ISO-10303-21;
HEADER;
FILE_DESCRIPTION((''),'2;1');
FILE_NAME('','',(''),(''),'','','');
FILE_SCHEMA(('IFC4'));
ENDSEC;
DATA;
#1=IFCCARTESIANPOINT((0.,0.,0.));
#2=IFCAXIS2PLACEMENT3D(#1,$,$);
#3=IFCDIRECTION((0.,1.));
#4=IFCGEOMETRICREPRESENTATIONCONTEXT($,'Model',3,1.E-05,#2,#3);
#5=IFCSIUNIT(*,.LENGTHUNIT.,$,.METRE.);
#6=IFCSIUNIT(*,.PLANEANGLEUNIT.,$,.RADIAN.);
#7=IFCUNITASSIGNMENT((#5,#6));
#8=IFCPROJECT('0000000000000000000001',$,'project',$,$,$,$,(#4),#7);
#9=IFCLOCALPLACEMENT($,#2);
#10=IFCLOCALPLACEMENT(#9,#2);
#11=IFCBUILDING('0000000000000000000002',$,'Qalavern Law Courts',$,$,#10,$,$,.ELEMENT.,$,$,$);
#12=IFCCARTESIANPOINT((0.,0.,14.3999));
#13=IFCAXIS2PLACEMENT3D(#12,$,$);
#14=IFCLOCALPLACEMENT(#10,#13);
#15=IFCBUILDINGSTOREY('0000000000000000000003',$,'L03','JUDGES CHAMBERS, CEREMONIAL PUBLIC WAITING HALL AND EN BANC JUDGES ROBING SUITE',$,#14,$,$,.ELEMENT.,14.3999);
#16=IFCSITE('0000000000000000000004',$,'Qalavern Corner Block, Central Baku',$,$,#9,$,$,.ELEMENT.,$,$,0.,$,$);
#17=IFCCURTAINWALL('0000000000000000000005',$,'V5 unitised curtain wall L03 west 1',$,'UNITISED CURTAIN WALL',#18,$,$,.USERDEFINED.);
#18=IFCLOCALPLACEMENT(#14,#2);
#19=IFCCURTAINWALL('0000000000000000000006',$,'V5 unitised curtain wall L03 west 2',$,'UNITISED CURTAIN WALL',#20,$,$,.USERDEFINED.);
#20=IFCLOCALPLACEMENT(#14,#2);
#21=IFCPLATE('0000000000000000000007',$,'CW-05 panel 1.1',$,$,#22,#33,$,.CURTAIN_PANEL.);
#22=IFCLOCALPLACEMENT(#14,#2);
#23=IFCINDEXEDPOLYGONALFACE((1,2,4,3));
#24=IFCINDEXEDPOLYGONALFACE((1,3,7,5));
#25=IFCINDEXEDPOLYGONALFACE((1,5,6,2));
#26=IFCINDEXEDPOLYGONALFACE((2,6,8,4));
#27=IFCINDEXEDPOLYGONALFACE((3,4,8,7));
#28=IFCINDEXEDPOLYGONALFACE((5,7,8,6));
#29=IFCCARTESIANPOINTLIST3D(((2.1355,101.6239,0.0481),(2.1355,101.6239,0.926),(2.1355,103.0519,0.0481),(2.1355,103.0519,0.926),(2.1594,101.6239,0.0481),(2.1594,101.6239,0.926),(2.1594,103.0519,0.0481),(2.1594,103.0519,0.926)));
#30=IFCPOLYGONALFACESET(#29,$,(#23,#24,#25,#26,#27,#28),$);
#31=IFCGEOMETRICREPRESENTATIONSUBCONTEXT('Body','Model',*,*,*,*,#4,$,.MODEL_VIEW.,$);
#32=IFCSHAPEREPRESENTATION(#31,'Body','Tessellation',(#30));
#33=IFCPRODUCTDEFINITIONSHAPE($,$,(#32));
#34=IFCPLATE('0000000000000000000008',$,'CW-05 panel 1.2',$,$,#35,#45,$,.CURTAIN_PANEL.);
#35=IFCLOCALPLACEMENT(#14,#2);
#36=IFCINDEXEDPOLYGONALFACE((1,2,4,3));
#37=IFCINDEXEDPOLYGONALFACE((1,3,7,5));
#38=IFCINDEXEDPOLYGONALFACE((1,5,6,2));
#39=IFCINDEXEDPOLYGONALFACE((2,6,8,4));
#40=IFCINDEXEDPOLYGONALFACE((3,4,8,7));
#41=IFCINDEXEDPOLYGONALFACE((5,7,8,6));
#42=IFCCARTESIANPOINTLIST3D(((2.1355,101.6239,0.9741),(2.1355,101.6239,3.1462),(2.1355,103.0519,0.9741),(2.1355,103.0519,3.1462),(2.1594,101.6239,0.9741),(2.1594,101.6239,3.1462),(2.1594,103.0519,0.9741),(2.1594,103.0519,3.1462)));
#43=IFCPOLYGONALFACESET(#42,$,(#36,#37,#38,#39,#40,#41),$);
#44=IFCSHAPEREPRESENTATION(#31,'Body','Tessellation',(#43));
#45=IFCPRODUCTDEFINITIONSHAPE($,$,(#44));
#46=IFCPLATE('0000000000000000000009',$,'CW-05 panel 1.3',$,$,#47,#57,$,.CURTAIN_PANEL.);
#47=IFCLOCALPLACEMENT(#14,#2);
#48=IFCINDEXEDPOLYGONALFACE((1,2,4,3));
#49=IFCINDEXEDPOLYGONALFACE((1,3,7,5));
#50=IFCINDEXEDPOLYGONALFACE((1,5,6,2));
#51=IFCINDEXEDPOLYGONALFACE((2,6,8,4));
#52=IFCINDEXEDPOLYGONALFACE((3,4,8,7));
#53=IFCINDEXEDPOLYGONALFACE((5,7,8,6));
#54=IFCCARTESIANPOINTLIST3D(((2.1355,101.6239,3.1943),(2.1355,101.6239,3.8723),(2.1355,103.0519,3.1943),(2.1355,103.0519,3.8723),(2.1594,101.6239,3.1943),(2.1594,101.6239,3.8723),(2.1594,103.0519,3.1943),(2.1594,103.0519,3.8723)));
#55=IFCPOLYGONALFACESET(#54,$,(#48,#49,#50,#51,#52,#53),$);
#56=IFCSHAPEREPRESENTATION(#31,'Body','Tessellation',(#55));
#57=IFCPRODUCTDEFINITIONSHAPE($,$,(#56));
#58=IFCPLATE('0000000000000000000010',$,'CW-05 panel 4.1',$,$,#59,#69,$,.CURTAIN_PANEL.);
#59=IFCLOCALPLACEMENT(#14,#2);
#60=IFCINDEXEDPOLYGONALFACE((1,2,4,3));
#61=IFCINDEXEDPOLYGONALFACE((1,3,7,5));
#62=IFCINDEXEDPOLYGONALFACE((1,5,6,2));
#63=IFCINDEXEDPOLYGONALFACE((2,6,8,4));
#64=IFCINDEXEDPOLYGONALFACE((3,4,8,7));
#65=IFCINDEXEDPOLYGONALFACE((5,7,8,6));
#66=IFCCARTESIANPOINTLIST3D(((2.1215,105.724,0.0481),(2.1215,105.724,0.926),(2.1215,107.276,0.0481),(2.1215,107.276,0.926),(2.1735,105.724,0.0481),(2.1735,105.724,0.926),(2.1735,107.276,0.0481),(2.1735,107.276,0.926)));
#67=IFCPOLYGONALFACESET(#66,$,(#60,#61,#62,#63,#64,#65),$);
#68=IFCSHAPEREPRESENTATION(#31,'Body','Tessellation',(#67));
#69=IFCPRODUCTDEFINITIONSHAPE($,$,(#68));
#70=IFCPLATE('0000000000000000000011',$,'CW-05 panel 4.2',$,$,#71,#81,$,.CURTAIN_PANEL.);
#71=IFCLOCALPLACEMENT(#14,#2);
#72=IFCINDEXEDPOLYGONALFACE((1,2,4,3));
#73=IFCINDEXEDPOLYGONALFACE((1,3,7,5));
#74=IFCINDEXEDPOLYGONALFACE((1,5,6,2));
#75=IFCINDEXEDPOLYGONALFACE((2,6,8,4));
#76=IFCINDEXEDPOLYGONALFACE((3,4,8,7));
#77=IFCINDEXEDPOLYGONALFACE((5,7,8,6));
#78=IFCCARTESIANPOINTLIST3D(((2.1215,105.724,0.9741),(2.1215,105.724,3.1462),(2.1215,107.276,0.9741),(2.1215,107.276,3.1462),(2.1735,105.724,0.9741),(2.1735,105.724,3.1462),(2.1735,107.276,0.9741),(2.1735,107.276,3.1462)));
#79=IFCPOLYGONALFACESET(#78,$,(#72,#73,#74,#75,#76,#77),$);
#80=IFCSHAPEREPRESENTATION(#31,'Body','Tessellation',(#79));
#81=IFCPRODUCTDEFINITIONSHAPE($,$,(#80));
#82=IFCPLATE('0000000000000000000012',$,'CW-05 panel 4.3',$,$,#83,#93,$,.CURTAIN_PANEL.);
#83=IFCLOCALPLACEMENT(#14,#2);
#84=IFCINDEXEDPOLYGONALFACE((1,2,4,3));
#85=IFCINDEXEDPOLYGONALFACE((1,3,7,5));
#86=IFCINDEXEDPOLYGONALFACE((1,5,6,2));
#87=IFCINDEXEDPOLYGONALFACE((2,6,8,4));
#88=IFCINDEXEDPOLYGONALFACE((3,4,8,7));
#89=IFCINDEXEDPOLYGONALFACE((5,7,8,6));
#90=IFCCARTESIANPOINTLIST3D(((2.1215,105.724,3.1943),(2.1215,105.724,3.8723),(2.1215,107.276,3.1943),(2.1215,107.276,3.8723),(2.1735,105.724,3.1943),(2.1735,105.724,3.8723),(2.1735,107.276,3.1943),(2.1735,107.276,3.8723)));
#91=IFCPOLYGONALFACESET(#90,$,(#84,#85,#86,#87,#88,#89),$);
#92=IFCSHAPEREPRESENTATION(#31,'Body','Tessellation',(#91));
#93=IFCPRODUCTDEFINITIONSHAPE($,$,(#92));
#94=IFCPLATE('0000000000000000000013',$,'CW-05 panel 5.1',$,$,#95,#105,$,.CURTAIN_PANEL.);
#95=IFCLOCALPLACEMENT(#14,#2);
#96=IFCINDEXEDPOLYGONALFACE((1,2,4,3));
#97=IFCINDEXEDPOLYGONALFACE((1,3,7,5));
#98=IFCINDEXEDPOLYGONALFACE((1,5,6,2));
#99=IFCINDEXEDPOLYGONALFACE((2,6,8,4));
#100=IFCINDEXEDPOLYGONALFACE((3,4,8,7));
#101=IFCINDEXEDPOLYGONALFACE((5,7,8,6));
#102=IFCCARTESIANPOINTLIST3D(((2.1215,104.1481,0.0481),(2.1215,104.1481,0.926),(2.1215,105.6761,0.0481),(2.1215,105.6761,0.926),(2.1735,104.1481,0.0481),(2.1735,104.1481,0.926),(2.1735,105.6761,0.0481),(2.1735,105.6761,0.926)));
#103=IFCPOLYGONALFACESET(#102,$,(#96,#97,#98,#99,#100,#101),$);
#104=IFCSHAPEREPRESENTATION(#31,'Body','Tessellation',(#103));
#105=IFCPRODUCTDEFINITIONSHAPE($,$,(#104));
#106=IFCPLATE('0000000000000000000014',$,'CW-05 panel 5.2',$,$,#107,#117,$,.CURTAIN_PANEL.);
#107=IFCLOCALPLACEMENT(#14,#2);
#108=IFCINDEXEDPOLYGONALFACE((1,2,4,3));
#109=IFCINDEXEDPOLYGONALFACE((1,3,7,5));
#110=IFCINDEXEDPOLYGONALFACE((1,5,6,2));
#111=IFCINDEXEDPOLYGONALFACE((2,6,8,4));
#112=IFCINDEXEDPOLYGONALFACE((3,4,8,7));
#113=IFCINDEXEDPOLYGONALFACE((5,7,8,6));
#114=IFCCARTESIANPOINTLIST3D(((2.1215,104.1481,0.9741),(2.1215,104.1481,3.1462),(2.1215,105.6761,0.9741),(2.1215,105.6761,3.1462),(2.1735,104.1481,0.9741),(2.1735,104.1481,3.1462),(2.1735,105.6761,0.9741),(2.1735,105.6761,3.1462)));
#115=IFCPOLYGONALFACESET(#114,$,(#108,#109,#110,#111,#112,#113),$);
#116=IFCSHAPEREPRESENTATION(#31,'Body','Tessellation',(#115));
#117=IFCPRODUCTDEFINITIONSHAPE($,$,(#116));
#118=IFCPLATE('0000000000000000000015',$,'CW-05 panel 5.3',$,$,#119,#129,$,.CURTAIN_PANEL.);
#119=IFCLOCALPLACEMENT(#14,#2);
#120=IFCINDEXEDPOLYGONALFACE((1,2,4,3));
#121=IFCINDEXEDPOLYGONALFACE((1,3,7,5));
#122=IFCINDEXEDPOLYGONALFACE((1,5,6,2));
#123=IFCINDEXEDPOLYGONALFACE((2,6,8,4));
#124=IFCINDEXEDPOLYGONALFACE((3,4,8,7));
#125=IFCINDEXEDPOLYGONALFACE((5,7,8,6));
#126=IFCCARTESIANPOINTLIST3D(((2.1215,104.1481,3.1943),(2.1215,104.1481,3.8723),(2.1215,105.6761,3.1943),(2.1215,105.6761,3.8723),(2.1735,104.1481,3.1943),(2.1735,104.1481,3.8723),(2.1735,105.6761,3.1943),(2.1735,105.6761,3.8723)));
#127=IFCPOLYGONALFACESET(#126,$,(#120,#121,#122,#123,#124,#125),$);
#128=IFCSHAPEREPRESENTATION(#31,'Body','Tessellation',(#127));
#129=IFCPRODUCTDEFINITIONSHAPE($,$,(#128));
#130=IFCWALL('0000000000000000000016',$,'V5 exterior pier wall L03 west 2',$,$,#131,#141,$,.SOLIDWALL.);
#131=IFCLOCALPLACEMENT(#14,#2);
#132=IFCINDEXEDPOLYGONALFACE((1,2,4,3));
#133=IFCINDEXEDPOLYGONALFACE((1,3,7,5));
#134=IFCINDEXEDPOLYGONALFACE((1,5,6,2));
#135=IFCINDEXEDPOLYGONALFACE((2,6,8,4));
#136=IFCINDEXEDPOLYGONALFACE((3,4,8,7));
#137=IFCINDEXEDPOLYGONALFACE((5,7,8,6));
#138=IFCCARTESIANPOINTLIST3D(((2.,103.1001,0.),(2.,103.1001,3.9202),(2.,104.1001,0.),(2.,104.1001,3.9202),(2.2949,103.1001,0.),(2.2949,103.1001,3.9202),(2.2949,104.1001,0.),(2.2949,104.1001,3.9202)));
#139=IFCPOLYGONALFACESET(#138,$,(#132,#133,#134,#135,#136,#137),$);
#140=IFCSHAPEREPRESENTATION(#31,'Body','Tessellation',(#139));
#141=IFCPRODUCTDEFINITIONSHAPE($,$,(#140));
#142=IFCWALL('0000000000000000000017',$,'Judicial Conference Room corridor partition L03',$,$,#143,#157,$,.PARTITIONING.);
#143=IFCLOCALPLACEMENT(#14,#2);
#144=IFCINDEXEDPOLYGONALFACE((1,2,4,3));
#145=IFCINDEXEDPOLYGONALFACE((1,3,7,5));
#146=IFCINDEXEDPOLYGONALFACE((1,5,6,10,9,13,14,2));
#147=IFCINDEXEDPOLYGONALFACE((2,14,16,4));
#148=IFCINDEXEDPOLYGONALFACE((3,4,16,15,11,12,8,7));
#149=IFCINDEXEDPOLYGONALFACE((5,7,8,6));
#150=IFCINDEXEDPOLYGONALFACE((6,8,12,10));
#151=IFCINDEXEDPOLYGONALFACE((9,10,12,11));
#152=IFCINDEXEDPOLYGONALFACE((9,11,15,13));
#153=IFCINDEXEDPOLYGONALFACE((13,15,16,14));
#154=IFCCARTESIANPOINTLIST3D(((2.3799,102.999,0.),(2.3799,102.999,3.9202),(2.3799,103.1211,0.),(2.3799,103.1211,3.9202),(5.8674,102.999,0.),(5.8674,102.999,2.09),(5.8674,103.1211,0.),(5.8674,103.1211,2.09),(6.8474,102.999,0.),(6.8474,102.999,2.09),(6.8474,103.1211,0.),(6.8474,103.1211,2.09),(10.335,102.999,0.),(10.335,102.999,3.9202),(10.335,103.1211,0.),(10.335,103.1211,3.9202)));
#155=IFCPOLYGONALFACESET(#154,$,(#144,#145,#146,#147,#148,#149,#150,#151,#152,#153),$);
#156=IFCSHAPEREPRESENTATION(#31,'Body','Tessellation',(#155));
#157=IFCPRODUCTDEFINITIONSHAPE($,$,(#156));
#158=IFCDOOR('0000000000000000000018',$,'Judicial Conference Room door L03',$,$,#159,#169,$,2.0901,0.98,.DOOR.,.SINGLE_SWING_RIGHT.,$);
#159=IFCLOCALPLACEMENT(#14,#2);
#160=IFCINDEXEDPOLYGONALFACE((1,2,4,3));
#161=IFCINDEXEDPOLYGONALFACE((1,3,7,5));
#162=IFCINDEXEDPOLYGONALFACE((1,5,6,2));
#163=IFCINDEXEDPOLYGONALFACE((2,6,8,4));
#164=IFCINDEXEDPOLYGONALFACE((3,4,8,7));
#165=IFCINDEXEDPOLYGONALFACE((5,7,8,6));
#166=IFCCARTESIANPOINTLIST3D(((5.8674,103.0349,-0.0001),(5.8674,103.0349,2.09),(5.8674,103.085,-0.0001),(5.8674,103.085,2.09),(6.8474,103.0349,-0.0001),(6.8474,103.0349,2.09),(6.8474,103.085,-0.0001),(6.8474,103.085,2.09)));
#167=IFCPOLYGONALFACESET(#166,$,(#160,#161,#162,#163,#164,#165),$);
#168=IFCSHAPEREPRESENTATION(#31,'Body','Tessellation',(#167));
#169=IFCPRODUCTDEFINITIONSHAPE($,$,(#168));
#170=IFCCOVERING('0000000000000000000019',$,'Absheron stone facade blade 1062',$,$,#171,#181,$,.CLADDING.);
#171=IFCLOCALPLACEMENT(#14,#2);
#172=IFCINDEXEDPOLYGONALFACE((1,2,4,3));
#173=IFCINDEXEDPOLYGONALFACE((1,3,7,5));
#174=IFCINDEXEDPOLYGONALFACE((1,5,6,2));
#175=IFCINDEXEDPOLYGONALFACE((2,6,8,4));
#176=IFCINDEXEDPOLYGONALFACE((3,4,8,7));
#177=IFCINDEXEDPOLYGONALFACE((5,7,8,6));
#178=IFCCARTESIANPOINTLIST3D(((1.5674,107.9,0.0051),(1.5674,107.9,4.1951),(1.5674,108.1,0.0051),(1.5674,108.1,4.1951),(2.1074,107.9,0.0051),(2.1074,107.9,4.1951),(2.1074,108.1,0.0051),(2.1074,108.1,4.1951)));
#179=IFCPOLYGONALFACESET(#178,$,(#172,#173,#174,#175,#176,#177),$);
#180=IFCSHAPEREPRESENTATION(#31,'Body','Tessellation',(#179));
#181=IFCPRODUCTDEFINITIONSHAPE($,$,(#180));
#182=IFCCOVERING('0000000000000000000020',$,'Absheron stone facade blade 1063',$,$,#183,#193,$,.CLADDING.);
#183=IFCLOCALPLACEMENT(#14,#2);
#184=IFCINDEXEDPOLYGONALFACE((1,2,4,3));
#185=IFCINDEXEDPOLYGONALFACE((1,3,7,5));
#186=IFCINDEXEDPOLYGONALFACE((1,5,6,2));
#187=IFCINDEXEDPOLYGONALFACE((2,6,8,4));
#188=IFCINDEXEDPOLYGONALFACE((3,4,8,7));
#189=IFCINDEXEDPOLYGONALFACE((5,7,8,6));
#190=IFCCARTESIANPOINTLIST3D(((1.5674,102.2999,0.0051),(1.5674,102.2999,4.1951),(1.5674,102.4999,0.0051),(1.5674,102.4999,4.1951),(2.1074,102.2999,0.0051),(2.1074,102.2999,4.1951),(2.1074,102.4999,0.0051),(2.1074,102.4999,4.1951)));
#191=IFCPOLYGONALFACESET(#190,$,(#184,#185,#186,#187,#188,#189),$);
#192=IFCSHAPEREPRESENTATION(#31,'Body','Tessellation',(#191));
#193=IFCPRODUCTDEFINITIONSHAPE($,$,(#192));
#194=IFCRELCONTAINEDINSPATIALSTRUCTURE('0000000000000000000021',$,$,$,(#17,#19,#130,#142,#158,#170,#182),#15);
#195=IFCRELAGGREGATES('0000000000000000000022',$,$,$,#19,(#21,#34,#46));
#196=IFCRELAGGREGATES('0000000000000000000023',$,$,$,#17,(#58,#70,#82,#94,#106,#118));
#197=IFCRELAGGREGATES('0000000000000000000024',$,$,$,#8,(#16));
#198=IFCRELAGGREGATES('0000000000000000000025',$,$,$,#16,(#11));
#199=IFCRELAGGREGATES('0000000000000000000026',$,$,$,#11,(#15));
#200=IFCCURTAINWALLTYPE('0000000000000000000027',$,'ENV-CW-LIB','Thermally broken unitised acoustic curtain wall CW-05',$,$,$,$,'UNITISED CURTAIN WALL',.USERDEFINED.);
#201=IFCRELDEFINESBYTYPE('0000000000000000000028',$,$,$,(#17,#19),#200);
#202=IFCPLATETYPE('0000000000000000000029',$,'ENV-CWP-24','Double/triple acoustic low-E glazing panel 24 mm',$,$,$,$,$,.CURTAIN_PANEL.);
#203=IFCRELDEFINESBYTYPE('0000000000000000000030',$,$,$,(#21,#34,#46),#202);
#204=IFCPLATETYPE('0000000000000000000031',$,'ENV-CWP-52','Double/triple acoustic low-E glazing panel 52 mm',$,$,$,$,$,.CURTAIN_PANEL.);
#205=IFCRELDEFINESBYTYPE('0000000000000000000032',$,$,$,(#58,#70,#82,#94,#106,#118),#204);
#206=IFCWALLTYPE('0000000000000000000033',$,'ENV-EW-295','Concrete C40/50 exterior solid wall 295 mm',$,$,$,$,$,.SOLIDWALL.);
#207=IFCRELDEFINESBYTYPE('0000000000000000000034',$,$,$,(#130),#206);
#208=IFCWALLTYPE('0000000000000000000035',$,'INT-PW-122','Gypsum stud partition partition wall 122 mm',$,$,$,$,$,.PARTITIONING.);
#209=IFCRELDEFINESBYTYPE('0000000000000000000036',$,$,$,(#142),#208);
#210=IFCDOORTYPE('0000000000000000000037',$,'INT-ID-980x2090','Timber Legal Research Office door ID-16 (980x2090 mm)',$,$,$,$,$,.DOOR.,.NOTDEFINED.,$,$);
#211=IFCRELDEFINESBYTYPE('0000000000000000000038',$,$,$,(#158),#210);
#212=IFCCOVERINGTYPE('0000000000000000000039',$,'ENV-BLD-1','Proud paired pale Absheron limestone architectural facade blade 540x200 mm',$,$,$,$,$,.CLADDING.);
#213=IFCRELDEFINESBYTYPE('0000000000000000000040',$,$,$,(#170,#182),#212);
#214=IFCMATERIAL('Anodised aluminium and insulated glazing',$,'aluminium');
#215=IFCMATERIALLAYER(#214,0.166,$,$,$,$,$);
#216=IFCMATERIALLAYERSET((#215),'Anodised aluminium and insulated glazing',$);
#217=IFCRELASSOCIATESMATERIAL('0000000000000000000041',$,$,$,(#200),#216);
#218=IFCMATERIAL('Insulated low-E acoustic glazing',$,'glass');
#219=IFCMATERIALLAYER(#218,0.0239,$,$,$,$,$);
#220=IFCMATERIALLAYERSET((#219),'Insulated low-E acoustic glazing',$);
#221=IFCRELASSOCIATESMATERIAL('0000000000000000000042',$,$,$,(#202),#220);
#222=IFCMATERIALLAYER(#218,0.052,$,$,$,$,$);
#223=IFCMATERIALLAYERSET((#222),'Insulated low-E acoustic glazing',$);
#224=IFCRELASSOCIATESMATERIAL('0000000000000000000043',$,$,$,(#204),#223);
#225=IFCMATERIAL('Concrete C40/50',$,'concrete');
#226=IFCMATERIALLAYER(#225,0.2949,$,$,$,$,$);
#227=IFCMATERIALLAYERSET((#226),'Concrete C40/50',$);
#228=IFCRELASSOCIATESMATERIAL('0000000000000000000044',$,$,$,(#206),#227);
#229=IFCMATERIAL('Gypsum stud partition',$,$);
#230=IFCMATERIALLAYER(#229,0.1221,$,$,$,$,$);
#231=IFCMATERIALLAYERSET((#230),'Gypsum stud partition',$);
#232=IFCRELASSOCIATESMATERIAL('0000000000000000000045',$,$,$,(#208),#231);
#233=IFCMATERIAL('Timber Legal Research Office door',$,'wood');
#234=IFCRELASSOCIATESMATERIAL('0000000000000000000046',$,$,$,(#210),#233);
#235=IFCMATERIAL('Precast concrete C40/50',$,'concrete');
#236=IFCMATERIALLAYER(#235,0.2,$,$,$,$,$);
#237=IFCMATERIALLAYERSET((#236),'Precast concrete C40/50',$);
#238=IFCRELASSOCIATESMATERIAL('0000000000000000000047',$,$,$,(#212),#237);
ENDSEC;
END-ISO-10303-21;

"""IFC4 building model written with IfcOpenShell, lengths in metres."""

from ifc_helpers import new_model, si_unit, direction, frame, frame_2d, origin, origin_2d, place, context, subcontext, project, spatial, rectangle, extrude, material, layer, layer_set, type_object, element, fill, aggregate, save


model = new_model("IFC4")

# Units and contexts
model_context = context("Model", 3, precision=1e-05, world=origin(), true_north=direction((0.0, 1.0)))
body_context = subcontext(model_context, "Body", "Model", "MODEL_VIEW")
ifc_project = project(units=[si_unit("LENGTHUNIT", "METRE"), si_unit("PLANEANGLEUNIT", "RADIAN")], contexts=[model_context])

# Site, building, storey
site_placement = place(None, origin())
site = spatial("IfcSite", under=ifc_project, at=site_placement, Name="Qalavern Corner Block, Central Baku", CompositionType="ELEMENT", RefElevation=0.0)
building_placement = place(site_placement, origin())
building = spatial("IfcBuilding", under=site, at=building_placement, Name="Qalavern Law Courts", CompositionType="ELEMENT")
storey_placement = place(building_placement, frame((0.0, 0.0, 14.3999)))
storey = spatial("IfcBuildingStorey", under=building, at=storey_placement, Name="L03", Description="JUDGES CHAMBERS, CEREMONIAL PUBLIC WAITING HALL AND EN BANC JUDGES ROBING SUITE", CompositionType="ELEMENT", Elevation=14.3999)

# Curtain wall
ifc_material_1 = material(Name="Anodised aluminium and insulated glazing", Category="aluminium")
ifc_layer_1 = layer(ifc_material_1, 0.166)
ifc_layer_set_1 = layer_set([ifc_layer_1], Name="Anodised aluminium and insulated glazing")
curtain_wall_type = type_object("IfcCurtainWallType", Name="ENV-CW-LIB", Description="Thermally broken unitised acoustic curtain wall CW-05", ElementType="UNITISED CURTAIN WALL", PredefinedType="USERDEFINED", material=ifc_layer_set_1)
curtain_wall_1_placement = place(storey_placement, origin())
curtain_wall_1 = element("IfcCurtainWall", 1, at=curtain_wall_1_placement, inside=storey, type_object=curtain_wall_type, Name="V5 unitised curtain wall L03 west 1", ObjectType="UNITISED CURTAIN WALL", PredefinedType="USERDEFINED")

# Curtain wall
curtain_wall_2_placement = place(storey_placement, origin())
curtain_wall_2 = element("IfcCurtainWall", 2, at=curtain_wall_2_placement, inside=storey, type_object=curtain_wall_type, Name="V5 unitised curtain wall L03 west 2", ObjectType="UNITISED CURTAIN WALL", PredefinedType="USERDEFINED")

# Shared definitions
ifc_material_2 = material(Name="Concrete C40/50", Category="concrete")

# Plates
ifc_material_3 = material(Name="Insulated low-E acoustic glazing", Category="glass")
ifc_layer_2 = layer(ifc_material_3, 0.0239)
ifc_layer_set_2 = layer_set([ifc_layer_2], Name="Insulated low-E acoustic glazing")
plate_type_1 = type_object("IfcPlateType", Name="ENV-CWP-24", Description="Double/triple acoustic low-E glazing panel 24 mm", PredefinedType="CURTAIN_PANEL", material=ifc_layer_set_2)
plate_1_placement = place(storey_placement, frame((2.1475, 102.3379, 0.0481), z_axis=(0.0, 0.0, 1.0), x_axis=(0.0, -1.0, 0.0)))
plate_1 = element("IfcPlate", 3, at=plate_1_placement, type_object=plate_type_1, Name="CW-05 panel 1.1", PredefinedType="CURTAIN_PANEL", context=body_context, shape_type="SweptSolid", body=[
    extrude(rectangle(XDim=1.428, YDim=0.0239, at=origin_2d()), origin(), (0.0, 0.0, 1.0), 0.8779),
])
plate_2_placement = place(storey_placement, frame((2.1475, 102.3379, 0.9741), z_axis=(0.0, 0.0, 1.0), x_axis=(0.0, -1.0, 0.0)))
plate_2 = element("IfcPlate", 4, at=plate_2_placement, type_object=plate_type_1, Name="CW-05 panel 1.2", PredefinedType="CURTAIN_PANEL", context=body_context, shape_type="SweptSolid", body=[
    extrude(rectangle(XDim=1.428, YDim=0.0239, at=origin_2d()), origin(), (0.0, 0.0, 1.0), 2.1721),
])
plate_3_placement = place(storey_placement, frame((2.1475, 102.3379, 3.1943), z_axis=(0.0, 0.0, 1.0), x_axis=(0.0, -1.0, 0.0)))
plate_3 = element("IfcPlate", 5, at=plate_3_placement, type_object=plate_type_1, Name="CW-05 panel 1.3", PredefinedType="CURTAIN_PANEL", context=body_context, shape_type="SweptSolid", body=[
    extrude(rectangle(XDim=1.428, YDim=0.0239, at=origin_2d()), origin(), (0.0, 0.0, 1.0), 0.678),
])
aggregate(curtain_wall_2, [plate_1, plate_2, plate_3])
ifc_layer_3 = layer(ifc_material_3, 0.052)
ifc_layer_set_3 = layer_set([ifc_layer_3], Name="Insulated low-E acoustic glazing")
plate_type_2 = type_object("IfcPlateType", Name="ENV-CWP-52", Description="Double/triple acoustic low-E glazing panel 52 mm", PredefinedType="CURTAIN_PANEL", material=ifc_layer_set_3)
plate_4_placement = place(storey_placement, frame((2.1475, 106.5, 0.0481), z_axis=(0.0, 0.0, 1.0), x_axis=(0.0, -1.0, 0.0)))
plate_4 = element("IfcPlate", 6, at=plate_4_placement, type_object=plate_type_2, Name="CW-05 panel 4.1", PredefinedType="CURTAIN_PANEL", context=body_context, shape_type="SweptSolid", body=[
    extrude(rectangle(XDim=1.552, YDim=0.052, at=origin_2d()), origin(), (0.0, 0.0, 1.0), 0.8779),
])
plate_5_placement = place(storey_placement, frame((2.1475, 106.5, 0.9741), z_axis=(0.0, 0.0, 1.0), x_axis=(0.0, -1.0, 0.0)))
plate_5 = element("IfcPlate", 7, at=plate_5_placement, type_object=plate_type_2, Name="CW-05 panel 4.2", PredefinedType="CURTAIN_PANEL", context=body_context, shape_type="SweptSolid", body=[
    extrude(rectangle(XDim=1.552, YDim=0.052, at=origin_2d()), origin(), (0.0, 0.0, 1.0), 2.1721),
])
plate_6_placement = place(storey_placement, frame((2.1475, 106.5, 3.1943), z_axis=(0.0, 0.0, 1.0), x_axis=(0.0, -1.0, 0.0)))
plate_6 = element("IfcPlate", 8, at=plate_6_placement, type_object=plate_type_2, Name="CW-05 panel 4.3", PredefinedType="CURTAIN_PANEL", context=body_context, shape_type="SweptSolid", body=[
    extrude(rectangle(XDim=1.552, YDim=0.052, at=origin_2d()), origin(), (0.0, 0.0, 1.0), 0.678),
])
plate_7_placement = place(storey_placement, frame((2.1475, 104.9121, 0.0481), z_axis=(0.0, 0.0, 1.0), x_axis=(0.0, -1.0, 0.0)))
plate_7 = element("IfcPlate", 9, at=plate_7_placement, type_object=plate_type_2, Name="CW-05 panel 5.1", PredefinedType="CURTAIN_PANEL", context=body_context, shape_type="SweptSolid", body=[
    extrude(rectangle(XDim=1.5281, YDim=0.052, at=origin_2d()), origin(), (0.0, 0.0, 1.0), 0.8779),
])
plate_8_placement = place(storey_placement, frame((2.1475, 104.9121, 0.9741), z_axis=(0.0, 0.0, 1.0), x_axis=(0.0, -1.0, 0.0)))
plate_8 = element("IfcPlate", 10, at=plate_8_placement, type_object=plate_type_2, Name="CW-05 panel 5.2", PredefinedType="CURTAIN_PANEL", context=body_context, shape_type="SweptSolid", body=[
    extrude(rectangle(XDim=1.5281, YDim=0.052, at=origin_2d()), origin(), (0.0, 0.0, 1.0), 2.1721),
])
plate_9_placement = place(storey_placement, frame((2.1475, 104.9121, 3.1943), z_axis=(0.0, 0.0, 1.0), x_axis=(0.0, -1.0, 0.0)))
plate_9 = element("IfcPlate", 11, at=plate_9_placement, type_object=plate_type_2, Name="CW-05 panel 5.3", PredefinedType="CURTAIN_PANEL", context=body_context, shape_type="SweptSolid", body=[
    extrude(rectangle(XDim=1.5281, YDim=0.052, at=origin_2d()), origin(), (0.0, 0.0, 1.0), 0.678),
])
aggregate(curtain_wall_1, [plate_4, plate_5, plate_6, plate_7, plate_8, plate_9])

# Wall
ifc_layer_4 = layer(ifc_material_2, 0.2949)
ifc_layer_set_4 = layer_set([ifc_layer_4], Name="Concrete C40/50")
wall_type_1 = type_object("IfcWallType", Name="ENV-EW-295", Description="Concrete C40/50 exterior solid wall 295 mm", PredefinedType="SOLIDWALL", material=ifc_layer_set_4)
wall_1_placement = place(storey_placement, frame((2.1475, 104.1001, 0.0), z_axis=(0.0, 0.0, 1.0), x_axis=(0.0, -1.0, 0.0)))
element("IfcWall", 12, at=wall_1_placement, inside=storey, type_object=wall_type_1, Name="V5 exterior pier wall L03 west 2", PredefinedType="SOLIDWALL", context=body_context, shape_type="SweptSolid", body=[
    extrude(rectangle(XDim=1.0, YDim=0.2949, at=frame_2d((0.5, 0.0))), origin(), (0.0, 0.0, 1.0), 3.9202),
])

# Wall, opening, door
ifc_material_4 = material(Name="Gypsum stud partition")
ifc_layer_5 = layer(ifc_material_4, 0.1221)
ifc_layer_set_5 = layer_set([ifc_layer_5], Name="Gypsum stud partition")
wall_type_2 = type_object("IfcWallType", Name="INT-PW-122", Description="Gypsum stud partition partition wall 122 mm", PredefinedType="PARTITIONING", material=ifc_layer_set_5)
wall_2_placement = place(storey_placement, frame((2.3799, 103.0601, 0.0), z_axis=(0.0, 0.0, 1.0), x_axis=(1.0, 0.0, 0.0)))
wall_2 = element("IfcWall", 13, at=wall_2_placement, inside=storey, type_object=wall_type_2, Name="Judicial Conference Room corridor partition L03", PredefinedType="PARTITIONING", context=body_context, shape_type="SweptSolid", body=[
    extrude(rectangle(XDim=7.9551, YDim=0.1221, at=frame_2d((3.9775, 0.0))), origin(), (0.0, 0.0, 1.0), 3.9202),
])
opening_placement = place(wall_2_placement, frame((3.4875, 0.0, 0.0)))
opening = element("IfcOpeningElement", 14, at=opening_placement, cuts=wall_2, PredefinedType="OPENING", context=body_context, shape_type="SweptSolid", body=[
    extrude(rectangle(XDim=0.98, YDim=2.0901, at=frame_2d((0.49, 1.0449))), frame((0.0, 0.0759, 0.0), z_axis=(0.0, -1.0, 0.0), x_axis=(1.0, 0.0, 0.0)), (0.0, 0.0, 1.0), 0.1519),
])
ifc_material_5 = material(Name="Timber Legal Research Office door", Category="wood")
door_type = type_object("IfcDoorType", Name="INT-ID-980x2090", Description="Timber Legal Research Office door ID-16 (980x2090 mm)", OperationType="NOTDEFINED", PredefinedType="DOOR", material=ifc_material_5)
door_placement = place(opening_placement, origin())
door = element("IfcDoor", 15, at=door_placement, inside=storey, type_object=door_type, Name="Judicial Conference Room door L03", OperationType="SINGLE_SWING_RIGHT", OverallHeight=2.0901, OverallWidth=0.98, PredefinedType="DOOR", context=body_context, shape_type="SweptSolid", body=[
    extrude(rectangle(XDim=0.98, YDim=2.0901, at=frame_2d((0.49, 1.0449))), frame((0.0, 0.0249, 0.0), z_axis=(0.0, -1.0, 0.0), x_axis=(1.0, 0.0, 0.0)), (0.0, 0.0, 1.0), 0.05),
])
fill(opening, door)

# Coverings
ifc_material_6 = material(Name="Precast concrete C40/50", Category="concrete")
ifc_layer_6 = layer(ifc_material_6, 0.2)
ifc_layer_set_6 = layer_set([ifc_layer_6], Name="Precast concrete C40/50")
covering_type_1 = type_object("IfcCoveringType", Name="ENV-BLD-1", Description="Proud paired pale Absheron limestone architectural facade blade 540x200 mm", PredefinedType="CLADDING", material=ifc_layer_set_6)
for number, where, z_axis, x_axis, name in (
    (16, (1.8374, 108.0, 0.0051), (0.0, 0.0, 1.0), (-1.0, 0.0, 0.0), "Absheron stone facade blade 1062"),
    (17, (1.8374, 102.3999, 0.0051), (0.0, 0.0, 1.0), (-1.0, 0.0, 0.0), "Absheron stone facade blade 1063"),
):
    element("IfcCovering", number, at=place(storey_placement, frame(where, z_axis=z_axis, x_axis=x_axis)), inside=storey, type_object=covering_type_1, Name=name, PredefinedType="CLADDING", context=body_context, shape_type="SweptSolid", body=[
        extrude(rectangle(XDim=0.54, YDim=0.2, at=origin_2d()), origin(), (0.0, 0.0, 1.0), 4.1899),
    ])

save(model, "model.ifc")
